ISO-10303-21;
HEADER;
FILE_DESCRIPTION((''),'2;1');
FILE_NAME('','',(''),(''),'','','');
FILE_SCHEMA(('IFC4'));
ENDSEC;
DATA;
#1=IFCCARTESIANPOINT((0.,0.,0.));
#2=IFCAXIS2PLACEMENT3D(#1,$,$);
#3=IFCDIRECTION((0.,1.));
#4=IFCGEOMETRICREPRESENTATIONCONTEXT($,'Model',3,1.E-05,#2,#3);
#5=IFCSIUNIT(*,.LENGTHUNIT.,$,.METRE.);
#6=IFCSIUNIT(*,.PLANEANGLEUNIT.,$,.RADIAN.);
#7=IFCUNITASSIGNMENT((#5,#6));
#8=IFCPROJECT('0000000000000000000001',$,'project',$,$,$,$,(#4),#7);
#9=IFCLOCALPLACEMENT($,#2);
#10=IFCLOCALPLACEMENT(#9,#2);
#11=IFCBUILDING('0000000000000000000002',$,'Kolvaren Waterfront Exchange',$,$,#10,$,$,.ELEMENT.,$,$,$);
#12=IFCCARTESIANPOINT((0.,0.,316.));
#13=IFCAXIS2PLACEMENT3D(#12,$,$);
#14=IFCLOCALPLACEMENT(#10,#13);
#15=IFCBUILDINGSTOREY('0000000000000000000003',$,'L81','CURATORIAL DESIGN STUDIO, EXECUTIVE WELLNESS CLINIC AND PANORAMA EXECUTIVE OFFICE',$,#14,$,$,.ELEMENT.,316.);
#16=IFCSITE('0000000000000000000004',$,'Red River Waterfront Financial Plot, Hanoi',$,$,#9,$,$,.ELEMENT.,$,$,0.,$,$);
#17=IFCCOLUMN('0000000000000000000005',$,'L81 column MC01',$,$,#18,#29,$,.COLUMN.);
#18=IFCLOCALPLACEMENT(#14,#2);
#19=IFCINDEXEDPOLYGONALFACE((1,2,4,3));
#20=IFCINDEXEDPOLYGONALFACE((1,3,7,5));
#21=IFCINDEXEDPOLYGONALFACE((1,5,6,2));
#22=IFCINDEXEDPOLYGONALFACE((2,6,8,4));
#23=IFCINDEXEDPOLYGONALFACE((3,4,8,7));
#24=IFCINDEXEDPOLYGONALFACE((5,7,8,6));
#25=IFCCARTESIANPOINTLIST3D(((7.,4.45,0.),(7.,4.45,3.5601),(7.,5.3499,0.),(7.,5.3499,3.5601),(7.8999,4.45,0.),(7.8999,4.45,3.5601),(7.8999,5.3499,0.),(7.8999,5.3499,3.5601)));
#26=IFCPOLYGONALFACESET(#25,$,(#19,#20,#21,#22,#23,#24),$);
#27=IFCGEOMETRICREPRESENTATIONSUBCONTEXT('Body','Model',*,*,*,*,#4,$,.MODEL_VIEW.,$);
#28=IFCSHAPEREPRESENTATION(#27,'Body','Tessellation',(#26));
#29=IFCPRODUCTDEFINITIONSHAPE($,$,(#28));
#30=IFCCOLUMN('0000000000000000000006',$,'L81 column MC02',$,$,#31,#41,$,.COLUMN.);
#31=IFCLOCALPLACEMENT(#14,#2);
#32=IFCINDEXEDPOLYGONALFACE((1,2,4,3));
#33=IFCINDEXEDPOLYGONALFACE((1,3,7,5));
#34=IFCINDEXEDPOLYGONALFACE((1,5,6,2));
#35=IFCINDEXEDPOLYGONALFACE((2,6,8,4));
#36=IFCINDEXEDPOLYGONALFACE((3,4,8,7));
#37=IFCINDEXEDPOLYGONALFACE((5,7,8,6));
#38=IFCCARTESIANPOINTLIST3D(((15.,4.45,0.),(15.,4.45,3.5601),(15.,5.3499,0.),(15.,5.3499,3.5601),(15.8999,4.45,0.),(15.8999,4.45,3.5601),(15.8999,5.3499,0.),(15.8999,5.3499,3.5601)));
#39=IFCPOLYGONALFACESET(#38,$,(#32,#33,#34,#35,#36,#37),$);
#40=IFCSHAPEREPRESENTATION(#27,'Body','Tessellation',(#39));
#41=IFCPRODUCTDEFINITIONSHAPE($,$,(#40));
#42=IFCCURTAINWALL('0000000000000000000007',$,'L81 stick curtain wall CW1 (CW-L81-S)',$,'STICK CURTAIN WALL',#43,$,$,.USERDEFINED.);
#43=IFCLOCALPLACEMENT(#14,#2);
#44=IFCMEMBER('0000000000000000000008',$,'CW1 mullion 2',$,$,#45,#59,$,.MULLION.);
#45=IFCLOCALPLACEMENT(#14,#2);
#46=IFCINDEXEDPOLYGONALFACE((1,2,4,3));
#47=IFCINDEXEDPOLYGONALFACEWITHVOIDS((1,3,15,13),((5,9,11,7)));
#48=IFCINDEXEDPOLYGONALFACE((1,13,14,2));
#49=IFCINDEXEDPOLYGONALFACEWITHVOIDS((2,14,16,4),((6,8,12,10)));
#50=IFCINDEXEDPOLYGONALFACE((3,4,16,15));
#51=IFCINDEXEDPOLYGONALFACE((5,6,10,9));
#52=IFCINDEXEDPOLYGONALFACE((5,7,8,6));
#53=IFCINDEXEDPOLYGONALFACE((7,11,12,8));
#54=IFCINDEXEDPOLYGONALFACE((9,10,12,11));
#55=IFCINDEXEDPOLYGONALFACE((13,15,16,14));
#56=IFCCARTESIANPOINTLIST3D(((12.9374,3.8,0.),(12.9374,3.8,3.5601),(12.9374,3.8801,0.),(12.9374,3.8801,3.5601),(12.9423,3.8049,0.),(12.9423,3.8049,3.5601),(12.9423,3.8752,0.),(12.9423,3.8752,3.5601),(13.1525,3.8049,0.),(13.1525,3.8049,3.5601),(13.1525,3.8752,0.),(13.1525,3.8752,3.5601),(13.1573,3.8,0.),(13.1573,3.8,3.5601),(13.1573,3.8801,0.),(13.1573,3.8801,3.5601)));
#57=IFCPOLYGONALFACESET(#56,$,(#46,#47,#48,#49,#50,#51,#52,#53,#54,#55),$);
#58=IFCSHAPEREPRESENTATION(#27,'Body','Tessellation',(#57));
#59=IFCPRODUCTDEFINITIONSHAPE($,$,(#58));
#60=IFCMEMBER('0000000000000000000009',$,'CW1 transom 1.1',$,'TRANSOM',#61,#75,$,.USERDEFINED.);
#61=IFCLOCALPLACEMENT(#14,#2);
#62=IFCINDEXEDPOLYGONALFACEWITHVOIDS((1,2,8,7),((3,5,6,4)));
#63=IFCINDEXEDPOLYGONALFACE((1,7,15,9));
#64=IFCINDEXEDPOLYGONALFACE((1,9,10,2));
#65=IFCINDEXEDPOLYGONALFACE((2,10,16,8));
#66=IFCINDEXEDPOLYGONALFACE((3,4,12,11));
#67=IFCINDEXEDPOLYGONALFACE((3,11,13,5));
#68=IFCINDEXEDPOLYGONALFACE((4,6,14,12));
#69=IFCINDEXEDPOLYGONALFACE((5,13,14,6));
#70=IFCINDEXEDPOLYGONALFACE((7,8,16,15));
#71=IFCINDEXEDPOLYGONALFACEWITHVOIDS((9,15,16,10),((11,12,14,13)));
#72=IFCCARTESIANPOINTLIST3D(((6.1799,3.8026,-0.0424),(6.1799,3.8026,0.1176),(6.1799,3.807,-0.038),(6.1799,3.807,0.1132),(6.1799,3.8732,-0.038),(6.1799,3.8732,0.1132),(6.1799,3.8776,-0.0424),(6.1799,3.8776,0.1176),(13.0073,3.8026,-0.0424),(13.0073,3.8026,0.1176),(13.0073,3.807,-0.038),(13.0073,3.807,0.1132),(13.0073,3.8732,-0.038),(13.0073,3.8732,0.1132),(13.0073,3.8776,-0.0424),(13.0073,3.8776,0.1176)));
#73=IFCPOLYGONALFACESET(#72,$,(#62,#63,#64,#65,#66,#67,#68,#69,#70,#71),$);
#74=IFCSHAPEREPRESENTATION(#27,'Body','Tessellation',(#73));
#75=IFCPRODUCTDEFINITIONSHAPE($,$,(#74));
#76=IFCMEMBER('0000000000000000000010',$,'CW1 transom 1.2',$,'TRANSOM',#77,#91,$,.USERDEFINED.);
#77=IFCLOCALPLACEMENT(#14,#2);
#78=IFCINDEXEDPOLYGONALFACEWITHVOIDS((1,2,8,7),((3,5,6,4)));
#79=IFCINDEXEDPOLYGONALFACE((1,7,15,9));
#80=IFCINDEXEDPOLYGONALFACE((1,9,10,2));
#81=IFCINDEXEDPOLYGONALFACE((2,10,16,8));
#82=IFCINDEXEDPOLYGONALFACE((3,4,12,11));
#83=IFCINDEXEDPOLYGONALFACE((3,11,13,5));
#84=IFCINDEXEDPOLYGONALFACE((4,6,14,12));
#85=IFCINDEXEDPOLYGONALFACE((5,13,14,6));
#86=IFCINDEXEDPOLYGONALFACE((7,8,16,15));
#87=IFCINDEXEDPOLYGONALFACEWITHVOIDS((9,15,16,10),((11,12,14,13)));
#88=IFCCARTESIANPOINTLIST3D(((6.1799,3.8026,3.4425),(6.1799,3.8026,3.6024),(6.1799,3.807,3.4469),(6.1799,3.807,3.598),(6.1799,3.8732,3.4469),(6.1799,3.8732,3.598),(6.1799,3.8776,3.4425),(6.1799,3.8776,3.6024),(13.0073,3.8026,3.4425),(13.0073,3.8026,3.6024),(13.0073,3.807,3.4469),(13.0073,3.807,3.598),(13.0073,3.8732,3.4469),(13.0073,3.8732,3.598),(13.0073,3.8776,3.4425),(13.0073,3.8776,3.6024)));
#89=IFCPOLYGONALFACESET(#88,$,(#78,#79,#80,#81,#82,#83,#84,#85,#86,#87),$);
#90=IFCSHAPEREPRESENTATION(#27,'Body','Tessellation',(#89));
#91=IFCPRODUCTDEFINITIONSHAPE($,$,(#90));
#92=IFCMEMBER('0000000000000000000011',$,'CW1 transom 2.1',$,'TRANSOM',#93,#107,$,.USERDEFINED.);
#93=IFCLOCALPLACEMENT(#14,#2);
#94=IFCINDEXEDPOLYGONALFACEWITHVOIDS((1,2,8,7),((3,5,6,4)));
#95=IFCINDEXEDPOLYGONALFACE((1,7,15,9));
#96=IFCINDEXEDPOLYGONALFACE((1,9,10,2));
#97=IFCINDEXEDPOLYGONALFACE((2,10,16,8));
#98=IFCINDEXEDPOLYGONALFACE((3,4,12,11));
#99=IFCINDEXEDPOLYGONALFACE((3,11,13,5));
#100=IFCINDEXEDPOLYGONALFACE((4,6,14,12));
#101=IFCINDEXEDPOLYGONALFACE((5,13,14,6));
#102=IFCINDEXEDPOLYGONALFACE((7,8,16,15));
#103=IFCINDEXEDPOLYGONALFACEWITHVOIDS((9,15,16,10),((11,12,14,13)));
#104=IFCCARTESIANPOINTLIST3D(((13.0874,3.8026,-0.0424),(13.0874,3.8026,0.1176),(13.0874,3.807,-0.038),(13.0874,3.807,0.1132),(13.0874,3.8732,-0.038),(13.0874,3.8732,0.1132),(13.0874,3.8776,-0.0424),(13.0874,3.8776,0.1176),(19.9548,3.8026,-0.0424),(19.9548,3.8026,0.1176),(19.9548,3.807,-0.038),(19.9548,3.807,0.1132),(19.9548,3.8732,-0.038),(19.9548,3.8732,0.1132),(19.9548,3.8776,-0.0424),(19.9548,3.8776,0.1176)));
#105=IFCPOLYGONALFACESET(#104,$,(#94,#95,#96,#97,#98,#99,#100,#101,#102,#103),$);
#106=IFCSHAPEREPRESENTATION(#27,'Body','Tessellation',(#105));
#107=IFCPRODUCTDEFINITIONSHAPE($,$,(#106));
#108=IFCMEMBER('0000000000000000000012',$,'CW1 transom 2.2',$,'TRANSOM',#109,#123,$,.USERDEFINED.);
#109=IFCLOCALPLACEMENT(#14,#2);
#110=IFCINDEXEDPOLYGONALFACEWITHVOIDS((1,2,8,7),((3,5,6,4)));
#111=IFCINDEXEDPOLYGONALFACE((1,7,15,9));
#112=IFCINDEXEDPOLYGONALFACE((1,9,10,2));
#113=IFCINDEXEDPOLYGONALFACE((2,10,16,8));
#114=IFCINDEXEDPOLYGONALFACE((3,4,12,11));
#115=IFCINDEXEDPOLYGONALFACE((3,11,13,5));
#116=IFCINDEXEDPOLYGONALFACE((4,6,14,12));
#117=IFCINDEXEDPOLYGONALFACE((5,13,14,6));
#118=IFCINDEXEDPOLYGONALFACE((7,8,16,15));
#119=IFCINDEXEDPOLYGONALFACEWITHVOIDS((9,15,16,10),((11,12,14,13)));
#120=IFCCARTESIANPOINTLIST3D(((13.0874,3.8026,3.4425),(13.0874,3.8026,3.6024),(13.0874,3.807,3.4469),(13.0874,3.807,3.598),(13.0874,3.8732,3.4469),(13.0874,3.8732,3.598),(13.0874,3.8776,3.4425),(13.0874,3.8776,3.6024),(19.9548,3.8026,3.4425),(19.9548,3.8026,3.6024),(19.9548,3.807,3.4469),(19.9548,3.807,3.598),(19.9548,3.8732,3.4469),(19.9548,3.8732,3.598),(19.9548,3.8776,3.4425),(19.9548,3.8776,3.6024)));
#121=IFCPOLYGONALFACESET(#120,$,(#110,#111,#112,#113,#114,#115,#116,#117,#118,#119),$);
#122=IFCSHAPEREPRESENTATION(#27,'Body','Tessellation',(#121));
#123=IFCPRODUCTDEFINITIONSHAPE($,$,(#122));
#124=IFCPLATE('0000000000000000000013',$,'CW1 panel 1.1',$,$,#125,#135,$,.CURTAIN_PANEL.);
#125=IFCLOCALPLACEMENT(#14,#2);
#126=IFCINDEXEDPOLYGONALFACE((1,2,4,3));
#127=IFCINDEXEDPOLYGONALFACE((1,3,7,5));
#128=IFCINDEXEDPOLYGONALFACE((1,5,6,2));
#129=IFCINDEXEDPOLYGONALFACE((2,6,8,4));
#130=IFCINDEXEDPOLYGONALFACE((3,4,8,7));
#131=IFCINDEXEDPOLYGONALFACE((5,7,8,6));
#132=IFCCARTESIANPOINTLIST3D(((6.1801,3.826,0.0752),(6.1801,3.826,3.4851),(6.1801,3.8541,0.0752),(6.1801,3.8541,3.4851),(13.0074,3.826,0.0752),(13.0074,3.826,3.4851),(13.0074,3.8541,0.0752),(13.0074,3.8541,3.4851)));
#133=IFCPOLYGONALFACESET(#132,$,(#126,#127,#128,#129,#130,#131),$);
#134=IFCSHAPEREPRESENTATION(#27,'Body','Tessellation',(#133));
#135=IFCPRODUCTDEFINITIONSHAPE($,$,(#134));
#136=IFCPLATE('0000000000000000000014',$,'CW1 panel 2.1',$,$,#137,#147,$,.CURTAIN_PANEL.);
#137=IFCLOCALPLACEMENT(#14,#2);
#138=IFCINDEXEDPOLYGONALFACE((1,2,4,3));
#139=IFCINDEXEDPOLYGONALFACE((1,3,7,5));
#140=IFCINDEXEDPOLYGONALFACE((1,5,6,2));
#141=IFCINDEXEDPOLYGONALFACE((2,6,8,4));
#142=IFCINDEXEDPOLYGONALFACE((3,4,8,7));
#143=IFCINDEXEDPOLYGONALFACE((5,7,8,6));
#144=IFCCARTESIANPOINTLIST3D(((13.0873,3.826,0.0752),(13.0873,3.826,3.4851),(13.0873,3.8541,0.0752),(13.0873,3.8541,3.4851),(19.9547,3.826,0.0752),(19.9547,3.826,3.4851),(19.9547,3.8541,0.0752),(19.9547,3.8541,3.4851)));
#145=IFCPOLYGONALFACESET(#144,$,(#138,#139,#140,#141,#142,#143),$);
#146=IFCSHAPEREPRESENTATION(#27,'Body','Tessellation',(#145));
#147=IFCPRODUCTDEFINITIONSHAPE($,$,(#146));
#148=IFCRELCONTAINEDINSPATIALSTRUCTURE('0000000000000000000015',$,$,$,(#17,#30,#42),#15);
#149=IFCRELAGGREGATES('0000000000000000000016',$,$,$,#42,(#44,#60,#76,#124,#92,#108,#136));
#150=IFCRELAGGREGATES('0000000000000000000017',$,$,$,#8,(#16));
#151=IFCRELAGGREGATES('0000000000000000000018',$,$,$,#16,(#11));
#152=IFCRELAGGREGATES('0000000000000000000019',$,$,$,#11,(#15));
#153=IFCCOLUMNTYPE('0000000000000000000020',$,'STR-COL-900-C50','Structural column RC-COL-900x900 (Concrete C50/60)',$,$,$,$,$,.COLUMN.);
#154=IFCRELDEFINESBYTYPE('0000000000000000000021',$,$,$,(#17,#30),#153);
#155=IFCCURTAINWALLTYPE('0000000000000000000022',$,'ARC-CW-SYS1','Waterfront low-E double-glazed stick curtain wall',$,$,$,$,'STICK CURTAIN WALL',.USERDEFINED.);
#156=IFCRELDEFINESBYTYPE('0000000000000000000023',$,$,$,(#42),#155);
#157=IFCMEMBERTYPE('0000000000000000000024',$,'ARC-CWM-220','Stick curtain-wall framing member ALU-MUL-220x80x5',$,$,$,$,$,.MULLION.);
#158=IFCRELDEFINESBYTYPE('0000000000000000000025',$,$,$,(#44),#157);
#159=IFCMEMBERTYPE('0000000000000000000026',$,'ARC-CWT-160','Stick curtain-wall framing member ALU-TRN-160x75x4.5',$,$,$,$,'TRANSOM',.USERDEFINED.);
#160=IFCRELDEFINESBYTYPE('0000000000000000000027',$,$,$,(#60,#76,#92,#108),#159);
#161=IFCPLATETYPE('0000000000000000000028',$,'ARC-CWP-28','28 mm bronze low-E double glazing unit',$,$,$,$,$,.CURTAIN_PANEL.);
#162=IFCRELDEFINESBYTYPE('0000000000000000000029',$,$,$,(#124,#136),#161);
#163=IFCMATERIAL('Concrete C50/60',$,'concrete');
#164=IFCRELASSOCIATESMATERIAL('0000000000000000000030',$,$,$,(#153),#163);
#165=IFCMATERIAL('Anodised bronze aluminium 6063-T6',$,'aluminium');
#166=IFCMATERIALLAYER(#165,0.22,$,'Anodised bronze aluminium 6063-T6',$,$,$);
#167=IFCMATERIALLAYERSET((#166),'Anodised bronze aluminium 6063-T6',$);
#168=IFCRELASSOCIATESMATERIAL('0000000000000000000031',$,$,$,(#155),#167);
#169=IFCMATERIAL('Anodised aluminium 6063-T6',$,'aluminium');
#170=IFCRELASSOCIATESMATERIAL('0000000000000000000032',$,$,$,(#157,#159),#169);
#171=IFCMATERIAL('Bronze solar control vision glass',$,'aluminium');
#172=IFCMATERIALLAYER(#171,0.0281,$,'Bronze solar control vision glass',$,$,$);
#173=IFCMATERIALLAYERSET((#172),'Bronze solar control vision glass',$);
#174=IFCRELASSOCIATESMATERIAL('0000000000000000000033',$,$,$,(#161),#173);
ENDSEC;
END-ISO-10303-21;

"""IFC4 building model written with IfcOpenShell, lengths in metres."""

from ifc_helpers import new_model, si_unit, direction, frame, origin, origin_with_axes, origin_2d, place, context, subcontext, project, spatial, rectangle, hollow_rectangle, extrude, source, transform, mapped, material, layer, layer_set, material_profile, profile_set, type_object, element, aggregate, save


model = new_model("IFC4")

# Units and contexts
model_context = context("Model", 3, precision=1e-05, world=origin(), true_north=direction((0.0, 1.0)))
body_context = subcontext(model_context, "Body", "Model", "MODEL_VIEW")
ifc_project = project(units=[si_unit("LENGTHUNIT", "METRE"), si_unit("PLANEANGLEUNIT", "RADIAN")], contexts=[model_context])

# Site, building, storey
site_placement = place(None, origin())
site = spatial("IfcSite", under=ifc_project, at=site_placement, Name="Red River Waterfront Financial Plot, Hanoi", CompositionType="ELEMENT", RefElevation=0.0)
building_placement = place(site_placement, origin())
building = spatial("IfcBuilding", under=site, at=building_placement, Name="Kolvaren Waterfront Exchange", CompositionType="ELEMENT")
storey_placement = place(building_placement, frame((0.0, 0.0, 316.0)))
storey = spatial("IfcBuildingStorey", under=building, at=storey_placement, Name="L81", Description="CURATORIAL DESIGN STUDIO, EXECUTIVE WELLNESS CLINIC AND PANORAMA EXECUTIVE OFFICE", CompositionType="ELEMENT", Elevation=316.0)

# Columns
ifc_material_1 = material(Name="Concrete C50/60", Category="concrete")
ifc_material_profile_1 = material_profile(ifc_material_1, rectangle(XDim=0.8999, YDim=0.8999, at=origin_2d()), Name="RC-COL-900x900")
ifc_profile_set_1 = profile_set([ifc_material_profile_1], Name="Concrete C50/60")
column_type = type_object("IfcColumnType", Name="STR-COL-900-C50", Description="Structural column RC-COL-900x900 (Concrete C50/60)", PredefinedType="COLUMN", material=ifc_profile_set_1)
for number, where, z_axis, x_axis, name in (
    (1, (7.45, 4.8999, 0.0), (0.0, 0.0, 1.0), (1.0, 0.0, 0.0), "L81 column MC01"),
    (2, (15.45, 4.8999, 0.0), (0.0, 0.0, 1.0), (1.0, 0.0, 0.0), "L81 column MC02"),
):
    element("IfcColumn", number, at=place(storey_placement, frame(where, z_axis=z_axis, x_axis=x_axis)), inside=storey, type_object=column_type, Name=name, PredefinedType="COLUMN", context=body_context, shape_type="SweptSolid", body=[
        extrude(rectangle(XDim=0.8999, YDim=0.8999, at=origin_2d()), origin(), (0.0, 0.0, 1.0), 3.5601),
    ])

# Curtain wall, members, plates
ifc_material_2 = material(Name="Anodised bronze aluminium 6063-T6", Category="aluminium")
ifc_layer_1 = layer(ifc_material_2, 0.22, Name="Anodised bronze aluminium 6063-T6")
ifc_layer_set_1 = layer_set([ifc_layer_1], Name="Anodised bronze aluminium 6063-T6")
curtain_wall_type = type_object("IfcCurtainWallType", Name="ARC-CW-SYS1", Description="Waterfront low-E double-glazed stick curtain wall", ElementType="STICK CURTAIN WALL", PredefinedType="USERDEFINED", material=ifc_layer_set_1)
curtain_wall_placement = place(storey_placement, origin())
curtain_wall = element("IfcCurtainWall", 3, at=curtain_wall_placement, inside=storey, type_object=curtain_wall_type, Name="L81 stick curtain wall CW1 (CW-L81-S)", ObjectType="STICK CURTAIN WALL", PredefinedType="USERDEFINED")
ifc_material_3 = material(Name="Anodised aluminium 6063-T6", Category="aluminium")
ifc_material_profile_2 = material_profile(ifc_material_3, hollow_rectangle(XDim=0.0801, YDim=0.22, WallThickness=0.0049, at=origin_2d()), Name="ALU-MUL-220x80x5")
ifc_profile_set_2 = profile_set([ifc_material_profile_2], Name="Anodised aluminium 6063-T6")
member_type_1 = type_object("IfcMemberType", Name="ARC-CWM-220", Description="Stick curtain-wall framing member ALU-MUL-220x80x5", PredefinedType="MULLION", material=ifc_profile_set_2)
shared_shape_1 = source(origin_with_axes(), body_context, "Body", "SweptSolid", [
    extrude(hollow_rectangle(XDim=0.0801, YDim=0.22, WallThickness=0.0049, at=origin_2d()), origin(), (0.0, 0.0, 1.0), 3.5601),
])
member_1_placement = place(storey_placement, frame((13.0474, 3.8401, 0.0), z_axis=(0.0, 0.0, 1.0), x_axis=(0.0, 1.0, 0.0)))
member_1 = element("IfcMember", 4, at=member_1_placement, type_object=member_type_1, Name="CW1 mullion 2", PredefinedType="MULLION", context=body_context, shape_type="MappedRepresentation", body=[
    mapped(shared_shape_1, transform((0.0, 0.0, 0.0), x_axis=(1.0, 0.0, 0.0), y_axis=(0.0, 1.0, 0.0), z_axis=(0.0, 0.0, 1.0), scale=1.0)),
])
ifc_material_profile_3 = material_profile(ifc_material_3, hollow_rectangle(XDim=0.075, YDim=0.1599, WallThickness=0.0044, at=origin_2d()), Name="ALU-TRN-160x75x4.5")
ifc_profile_set_3 = profile_set([ifc_material_profile_3], Name="Anodised aluminium 6063-T6")
member_type_2 = type_object("IfcMemberType", Name="ARC-CWT-160", Description="Stick curtain-wall framing member ALU-TRN-160x75x4.5", ElementType="TRANSOM", PredefinedType="USERDEFINED", material=ifc_profile_set_3)
shared_shape_2 = source(origin_with_axes(), body_context, "Body", "SweptSolid", [
    extrude(hollow_rectangle(XDim=0.075, YDim=0.1599, WallThickness=0.0044, at=origin_2d()), origin(), (0.0, 0.0, 1.0), 6.8274),
])
member_2_placement = place(storey_placement, frame((6.1799, 3.8401, 0.0376), z_axis=(1.0, 0.0, 0.0), x_axis=(0.0, 1.0, 0.0)))
member_2 = element("IfcMember", 5, at=member_2_placement, type_object=member_type_2, Name="CW1 transom 1.1", ObjectType="TRANSOM", PredefinedType="USERDEFINED", context=body_context, shape_type="MappedRepresentation", body=[
    mapped(shared_shape_2, transform((0.0, 0.0, 0.0), x_axis=(1.0, 0.0, 0.0), y_axis=(0.0, 1.0, 0.0), z_axis=(0.0, 0.0, 1.0), scale=1.0)),
])
member_3_placement = place(storey_placement, frame((6.1799, 3.8401, 3.5225), z_axis=(1.0, 0.0, 0.0), x_axis=(0.0, 1.0, 0.0)))
member_3 = element("IfcMember", 6, at=member_3_placement, type_object=member_type_2, Name="CW1 transom 1.2", ObjectType="TRANSOM", PredefinedType="USERDEFINED", context=body_context, shape_type="MappedRepresentation", body=[
    mapped(shared_shape_2, transform((0.0, 0.0, 0.0), x_axis=(1.0, 0.0, 0.0), y_axis=(0.0, 1.0, 0.0), z_axis=(0.0, 0.0, 1.0), scale=1.0)),
])
shared_shape_3 = source(origin_with_axes(), body_context, "Body", "SweptSolid", [
    extrude(hollow_rectangle(XDim=0.075, YDim=0.1599, WallThickness=0.0044, at=origin_2d()), origin(), (0.0, 0.0, 1.0), 6.8674),
])
member_4_placement = place(storey_placement, frame((13.0874, 3.8401, 0.0376), z_axis=(1.0, 0.0, 0.0), x_axis=(0.0, 1.0, 0.0)))
member_4 = element("IfcMember", 7, at=member_4_placement, type_object=member_type_2, Name="CW1 transom 2.1", ObjectType="TRANSOM", PredefinedType="USERDEFINED", context=body_context, shape_type="MappedRepresentation", body=[
    mapped(shared_shape_3, transform((0.0, 0.0, 0.0), x_axis=(1.0, 0.0, 0.0), y_axis=(0.0, 1.0, 0.0), z_axis=(0.0, 0.0, 1.0), scale=1.0)),
])
member_5_placement = place(storey_placement, frame((13.0874, 3.8401, 3.5225), z_axis=(1.0, 0.0, 0.0), x_axis=(0.0, 1.0, 0.0)))
member_5 = element("IfcMember", 8, at=member_5_placement, type_object=member_type_2, Name="CW1 transom 2.2", ObjectType="TRANSOM", PredefinedType="USERDEFINED", context=body_context, shape_type="MappedRepresentation", body=[
    mapped(shared_shape_3, transform((0.0, 0.0, 0.0), x_axis=(1.0, 0.0, 0.0), y_axis=(0.0, 1.0, 0.0), z_axis=(0.0, 0.0, 1.0), scale=1.0)),
])
ifc_material_4 = material(Name="Bronze solar control vision glass", Category="aluminium")
ifc_layer_2 = layer(ifc_material_4, 0.0281, Name="Bronze solar control vision glass")
ifc_layer_set_2 = layer_set([ifc_layer_2], Name="Bronze solar control vision glass")
plate_type = type_object("IfcPlateType", Name="ARC-CWP-28", Description="28 mm bronze low-E double glazing unit", PredefinedType="CURTAIN_PANEL", material=ifc_layer_set_2)
shared_shape_4 = source(origin_with_axes(), body_context, "Body", "SweptSolid", [
    extrude(rectangle(XDim=6.8274, YDim=0.0281, at=origin_2d()), origin(), (0.0, 0.0, 1.0), 3.4099),
])
plate_1_placement = place(storey_placement, frame((9.5938, 3.8401, 0.0752), z_axis=(0.0, 0.0, 1.0), x_axis=(1.0, 0.0, 0.0)))
plate_1 = element("IfcPlate", 9, at=plate_1_placement, type_object=plate_type, Name="CW1 panel 1.1", PredefinedType="CURTAIN_PANEL", context=body_context, shape_type="MappedRepresentation", body=[
    mapped(shared_shape_4, transform((0.0, 0.0, 0.0), x_axis=(1.0, 0.0, 0.0), y_axis=(0.0, 1.0, 0.0), z_axis=(0.0, 0.0, 1.0), scale=1.0)),
])
shared_shape_5 = source(origin_with_axes(), body_context, "Body", "SweptSolid", [
    extrude(rectangle(XDim=6.8674, YDim=0.0281, at=origin_2d()), origin(), (0.0, 0.0, 1.0), 3.4099),
])
plate_2_placement = place(storey_placement, frame((16.521, 3.8401, 0.0752), z_axis=(0.0, 0.0, 1.0), x_axis=(1.0, 0.0, 0.0)))
plate_2 = element("IfcPlate", 10, at=plate_2_placement, type_object=plate_type, Name="CW1 panel 2.1", PredefinedType="CURTAIN_PANEL", context=body_context, shape_type="MappedRepresentation", body=[
    mapped(shared_shape_5, transform((0.0, 0.0, 0.0), x_axis=(1.0, 0.0, 0.0), y_axis=(0.0, 1.0, 0.0), z_axis=(0.0, 0.0, 1.0), scale=1.0)),
])
aggregate(curtain_wall, [member_1, member_2, member_3, plate_1, member_4, member_5, plate_2])

save(model, "model.ifc")
